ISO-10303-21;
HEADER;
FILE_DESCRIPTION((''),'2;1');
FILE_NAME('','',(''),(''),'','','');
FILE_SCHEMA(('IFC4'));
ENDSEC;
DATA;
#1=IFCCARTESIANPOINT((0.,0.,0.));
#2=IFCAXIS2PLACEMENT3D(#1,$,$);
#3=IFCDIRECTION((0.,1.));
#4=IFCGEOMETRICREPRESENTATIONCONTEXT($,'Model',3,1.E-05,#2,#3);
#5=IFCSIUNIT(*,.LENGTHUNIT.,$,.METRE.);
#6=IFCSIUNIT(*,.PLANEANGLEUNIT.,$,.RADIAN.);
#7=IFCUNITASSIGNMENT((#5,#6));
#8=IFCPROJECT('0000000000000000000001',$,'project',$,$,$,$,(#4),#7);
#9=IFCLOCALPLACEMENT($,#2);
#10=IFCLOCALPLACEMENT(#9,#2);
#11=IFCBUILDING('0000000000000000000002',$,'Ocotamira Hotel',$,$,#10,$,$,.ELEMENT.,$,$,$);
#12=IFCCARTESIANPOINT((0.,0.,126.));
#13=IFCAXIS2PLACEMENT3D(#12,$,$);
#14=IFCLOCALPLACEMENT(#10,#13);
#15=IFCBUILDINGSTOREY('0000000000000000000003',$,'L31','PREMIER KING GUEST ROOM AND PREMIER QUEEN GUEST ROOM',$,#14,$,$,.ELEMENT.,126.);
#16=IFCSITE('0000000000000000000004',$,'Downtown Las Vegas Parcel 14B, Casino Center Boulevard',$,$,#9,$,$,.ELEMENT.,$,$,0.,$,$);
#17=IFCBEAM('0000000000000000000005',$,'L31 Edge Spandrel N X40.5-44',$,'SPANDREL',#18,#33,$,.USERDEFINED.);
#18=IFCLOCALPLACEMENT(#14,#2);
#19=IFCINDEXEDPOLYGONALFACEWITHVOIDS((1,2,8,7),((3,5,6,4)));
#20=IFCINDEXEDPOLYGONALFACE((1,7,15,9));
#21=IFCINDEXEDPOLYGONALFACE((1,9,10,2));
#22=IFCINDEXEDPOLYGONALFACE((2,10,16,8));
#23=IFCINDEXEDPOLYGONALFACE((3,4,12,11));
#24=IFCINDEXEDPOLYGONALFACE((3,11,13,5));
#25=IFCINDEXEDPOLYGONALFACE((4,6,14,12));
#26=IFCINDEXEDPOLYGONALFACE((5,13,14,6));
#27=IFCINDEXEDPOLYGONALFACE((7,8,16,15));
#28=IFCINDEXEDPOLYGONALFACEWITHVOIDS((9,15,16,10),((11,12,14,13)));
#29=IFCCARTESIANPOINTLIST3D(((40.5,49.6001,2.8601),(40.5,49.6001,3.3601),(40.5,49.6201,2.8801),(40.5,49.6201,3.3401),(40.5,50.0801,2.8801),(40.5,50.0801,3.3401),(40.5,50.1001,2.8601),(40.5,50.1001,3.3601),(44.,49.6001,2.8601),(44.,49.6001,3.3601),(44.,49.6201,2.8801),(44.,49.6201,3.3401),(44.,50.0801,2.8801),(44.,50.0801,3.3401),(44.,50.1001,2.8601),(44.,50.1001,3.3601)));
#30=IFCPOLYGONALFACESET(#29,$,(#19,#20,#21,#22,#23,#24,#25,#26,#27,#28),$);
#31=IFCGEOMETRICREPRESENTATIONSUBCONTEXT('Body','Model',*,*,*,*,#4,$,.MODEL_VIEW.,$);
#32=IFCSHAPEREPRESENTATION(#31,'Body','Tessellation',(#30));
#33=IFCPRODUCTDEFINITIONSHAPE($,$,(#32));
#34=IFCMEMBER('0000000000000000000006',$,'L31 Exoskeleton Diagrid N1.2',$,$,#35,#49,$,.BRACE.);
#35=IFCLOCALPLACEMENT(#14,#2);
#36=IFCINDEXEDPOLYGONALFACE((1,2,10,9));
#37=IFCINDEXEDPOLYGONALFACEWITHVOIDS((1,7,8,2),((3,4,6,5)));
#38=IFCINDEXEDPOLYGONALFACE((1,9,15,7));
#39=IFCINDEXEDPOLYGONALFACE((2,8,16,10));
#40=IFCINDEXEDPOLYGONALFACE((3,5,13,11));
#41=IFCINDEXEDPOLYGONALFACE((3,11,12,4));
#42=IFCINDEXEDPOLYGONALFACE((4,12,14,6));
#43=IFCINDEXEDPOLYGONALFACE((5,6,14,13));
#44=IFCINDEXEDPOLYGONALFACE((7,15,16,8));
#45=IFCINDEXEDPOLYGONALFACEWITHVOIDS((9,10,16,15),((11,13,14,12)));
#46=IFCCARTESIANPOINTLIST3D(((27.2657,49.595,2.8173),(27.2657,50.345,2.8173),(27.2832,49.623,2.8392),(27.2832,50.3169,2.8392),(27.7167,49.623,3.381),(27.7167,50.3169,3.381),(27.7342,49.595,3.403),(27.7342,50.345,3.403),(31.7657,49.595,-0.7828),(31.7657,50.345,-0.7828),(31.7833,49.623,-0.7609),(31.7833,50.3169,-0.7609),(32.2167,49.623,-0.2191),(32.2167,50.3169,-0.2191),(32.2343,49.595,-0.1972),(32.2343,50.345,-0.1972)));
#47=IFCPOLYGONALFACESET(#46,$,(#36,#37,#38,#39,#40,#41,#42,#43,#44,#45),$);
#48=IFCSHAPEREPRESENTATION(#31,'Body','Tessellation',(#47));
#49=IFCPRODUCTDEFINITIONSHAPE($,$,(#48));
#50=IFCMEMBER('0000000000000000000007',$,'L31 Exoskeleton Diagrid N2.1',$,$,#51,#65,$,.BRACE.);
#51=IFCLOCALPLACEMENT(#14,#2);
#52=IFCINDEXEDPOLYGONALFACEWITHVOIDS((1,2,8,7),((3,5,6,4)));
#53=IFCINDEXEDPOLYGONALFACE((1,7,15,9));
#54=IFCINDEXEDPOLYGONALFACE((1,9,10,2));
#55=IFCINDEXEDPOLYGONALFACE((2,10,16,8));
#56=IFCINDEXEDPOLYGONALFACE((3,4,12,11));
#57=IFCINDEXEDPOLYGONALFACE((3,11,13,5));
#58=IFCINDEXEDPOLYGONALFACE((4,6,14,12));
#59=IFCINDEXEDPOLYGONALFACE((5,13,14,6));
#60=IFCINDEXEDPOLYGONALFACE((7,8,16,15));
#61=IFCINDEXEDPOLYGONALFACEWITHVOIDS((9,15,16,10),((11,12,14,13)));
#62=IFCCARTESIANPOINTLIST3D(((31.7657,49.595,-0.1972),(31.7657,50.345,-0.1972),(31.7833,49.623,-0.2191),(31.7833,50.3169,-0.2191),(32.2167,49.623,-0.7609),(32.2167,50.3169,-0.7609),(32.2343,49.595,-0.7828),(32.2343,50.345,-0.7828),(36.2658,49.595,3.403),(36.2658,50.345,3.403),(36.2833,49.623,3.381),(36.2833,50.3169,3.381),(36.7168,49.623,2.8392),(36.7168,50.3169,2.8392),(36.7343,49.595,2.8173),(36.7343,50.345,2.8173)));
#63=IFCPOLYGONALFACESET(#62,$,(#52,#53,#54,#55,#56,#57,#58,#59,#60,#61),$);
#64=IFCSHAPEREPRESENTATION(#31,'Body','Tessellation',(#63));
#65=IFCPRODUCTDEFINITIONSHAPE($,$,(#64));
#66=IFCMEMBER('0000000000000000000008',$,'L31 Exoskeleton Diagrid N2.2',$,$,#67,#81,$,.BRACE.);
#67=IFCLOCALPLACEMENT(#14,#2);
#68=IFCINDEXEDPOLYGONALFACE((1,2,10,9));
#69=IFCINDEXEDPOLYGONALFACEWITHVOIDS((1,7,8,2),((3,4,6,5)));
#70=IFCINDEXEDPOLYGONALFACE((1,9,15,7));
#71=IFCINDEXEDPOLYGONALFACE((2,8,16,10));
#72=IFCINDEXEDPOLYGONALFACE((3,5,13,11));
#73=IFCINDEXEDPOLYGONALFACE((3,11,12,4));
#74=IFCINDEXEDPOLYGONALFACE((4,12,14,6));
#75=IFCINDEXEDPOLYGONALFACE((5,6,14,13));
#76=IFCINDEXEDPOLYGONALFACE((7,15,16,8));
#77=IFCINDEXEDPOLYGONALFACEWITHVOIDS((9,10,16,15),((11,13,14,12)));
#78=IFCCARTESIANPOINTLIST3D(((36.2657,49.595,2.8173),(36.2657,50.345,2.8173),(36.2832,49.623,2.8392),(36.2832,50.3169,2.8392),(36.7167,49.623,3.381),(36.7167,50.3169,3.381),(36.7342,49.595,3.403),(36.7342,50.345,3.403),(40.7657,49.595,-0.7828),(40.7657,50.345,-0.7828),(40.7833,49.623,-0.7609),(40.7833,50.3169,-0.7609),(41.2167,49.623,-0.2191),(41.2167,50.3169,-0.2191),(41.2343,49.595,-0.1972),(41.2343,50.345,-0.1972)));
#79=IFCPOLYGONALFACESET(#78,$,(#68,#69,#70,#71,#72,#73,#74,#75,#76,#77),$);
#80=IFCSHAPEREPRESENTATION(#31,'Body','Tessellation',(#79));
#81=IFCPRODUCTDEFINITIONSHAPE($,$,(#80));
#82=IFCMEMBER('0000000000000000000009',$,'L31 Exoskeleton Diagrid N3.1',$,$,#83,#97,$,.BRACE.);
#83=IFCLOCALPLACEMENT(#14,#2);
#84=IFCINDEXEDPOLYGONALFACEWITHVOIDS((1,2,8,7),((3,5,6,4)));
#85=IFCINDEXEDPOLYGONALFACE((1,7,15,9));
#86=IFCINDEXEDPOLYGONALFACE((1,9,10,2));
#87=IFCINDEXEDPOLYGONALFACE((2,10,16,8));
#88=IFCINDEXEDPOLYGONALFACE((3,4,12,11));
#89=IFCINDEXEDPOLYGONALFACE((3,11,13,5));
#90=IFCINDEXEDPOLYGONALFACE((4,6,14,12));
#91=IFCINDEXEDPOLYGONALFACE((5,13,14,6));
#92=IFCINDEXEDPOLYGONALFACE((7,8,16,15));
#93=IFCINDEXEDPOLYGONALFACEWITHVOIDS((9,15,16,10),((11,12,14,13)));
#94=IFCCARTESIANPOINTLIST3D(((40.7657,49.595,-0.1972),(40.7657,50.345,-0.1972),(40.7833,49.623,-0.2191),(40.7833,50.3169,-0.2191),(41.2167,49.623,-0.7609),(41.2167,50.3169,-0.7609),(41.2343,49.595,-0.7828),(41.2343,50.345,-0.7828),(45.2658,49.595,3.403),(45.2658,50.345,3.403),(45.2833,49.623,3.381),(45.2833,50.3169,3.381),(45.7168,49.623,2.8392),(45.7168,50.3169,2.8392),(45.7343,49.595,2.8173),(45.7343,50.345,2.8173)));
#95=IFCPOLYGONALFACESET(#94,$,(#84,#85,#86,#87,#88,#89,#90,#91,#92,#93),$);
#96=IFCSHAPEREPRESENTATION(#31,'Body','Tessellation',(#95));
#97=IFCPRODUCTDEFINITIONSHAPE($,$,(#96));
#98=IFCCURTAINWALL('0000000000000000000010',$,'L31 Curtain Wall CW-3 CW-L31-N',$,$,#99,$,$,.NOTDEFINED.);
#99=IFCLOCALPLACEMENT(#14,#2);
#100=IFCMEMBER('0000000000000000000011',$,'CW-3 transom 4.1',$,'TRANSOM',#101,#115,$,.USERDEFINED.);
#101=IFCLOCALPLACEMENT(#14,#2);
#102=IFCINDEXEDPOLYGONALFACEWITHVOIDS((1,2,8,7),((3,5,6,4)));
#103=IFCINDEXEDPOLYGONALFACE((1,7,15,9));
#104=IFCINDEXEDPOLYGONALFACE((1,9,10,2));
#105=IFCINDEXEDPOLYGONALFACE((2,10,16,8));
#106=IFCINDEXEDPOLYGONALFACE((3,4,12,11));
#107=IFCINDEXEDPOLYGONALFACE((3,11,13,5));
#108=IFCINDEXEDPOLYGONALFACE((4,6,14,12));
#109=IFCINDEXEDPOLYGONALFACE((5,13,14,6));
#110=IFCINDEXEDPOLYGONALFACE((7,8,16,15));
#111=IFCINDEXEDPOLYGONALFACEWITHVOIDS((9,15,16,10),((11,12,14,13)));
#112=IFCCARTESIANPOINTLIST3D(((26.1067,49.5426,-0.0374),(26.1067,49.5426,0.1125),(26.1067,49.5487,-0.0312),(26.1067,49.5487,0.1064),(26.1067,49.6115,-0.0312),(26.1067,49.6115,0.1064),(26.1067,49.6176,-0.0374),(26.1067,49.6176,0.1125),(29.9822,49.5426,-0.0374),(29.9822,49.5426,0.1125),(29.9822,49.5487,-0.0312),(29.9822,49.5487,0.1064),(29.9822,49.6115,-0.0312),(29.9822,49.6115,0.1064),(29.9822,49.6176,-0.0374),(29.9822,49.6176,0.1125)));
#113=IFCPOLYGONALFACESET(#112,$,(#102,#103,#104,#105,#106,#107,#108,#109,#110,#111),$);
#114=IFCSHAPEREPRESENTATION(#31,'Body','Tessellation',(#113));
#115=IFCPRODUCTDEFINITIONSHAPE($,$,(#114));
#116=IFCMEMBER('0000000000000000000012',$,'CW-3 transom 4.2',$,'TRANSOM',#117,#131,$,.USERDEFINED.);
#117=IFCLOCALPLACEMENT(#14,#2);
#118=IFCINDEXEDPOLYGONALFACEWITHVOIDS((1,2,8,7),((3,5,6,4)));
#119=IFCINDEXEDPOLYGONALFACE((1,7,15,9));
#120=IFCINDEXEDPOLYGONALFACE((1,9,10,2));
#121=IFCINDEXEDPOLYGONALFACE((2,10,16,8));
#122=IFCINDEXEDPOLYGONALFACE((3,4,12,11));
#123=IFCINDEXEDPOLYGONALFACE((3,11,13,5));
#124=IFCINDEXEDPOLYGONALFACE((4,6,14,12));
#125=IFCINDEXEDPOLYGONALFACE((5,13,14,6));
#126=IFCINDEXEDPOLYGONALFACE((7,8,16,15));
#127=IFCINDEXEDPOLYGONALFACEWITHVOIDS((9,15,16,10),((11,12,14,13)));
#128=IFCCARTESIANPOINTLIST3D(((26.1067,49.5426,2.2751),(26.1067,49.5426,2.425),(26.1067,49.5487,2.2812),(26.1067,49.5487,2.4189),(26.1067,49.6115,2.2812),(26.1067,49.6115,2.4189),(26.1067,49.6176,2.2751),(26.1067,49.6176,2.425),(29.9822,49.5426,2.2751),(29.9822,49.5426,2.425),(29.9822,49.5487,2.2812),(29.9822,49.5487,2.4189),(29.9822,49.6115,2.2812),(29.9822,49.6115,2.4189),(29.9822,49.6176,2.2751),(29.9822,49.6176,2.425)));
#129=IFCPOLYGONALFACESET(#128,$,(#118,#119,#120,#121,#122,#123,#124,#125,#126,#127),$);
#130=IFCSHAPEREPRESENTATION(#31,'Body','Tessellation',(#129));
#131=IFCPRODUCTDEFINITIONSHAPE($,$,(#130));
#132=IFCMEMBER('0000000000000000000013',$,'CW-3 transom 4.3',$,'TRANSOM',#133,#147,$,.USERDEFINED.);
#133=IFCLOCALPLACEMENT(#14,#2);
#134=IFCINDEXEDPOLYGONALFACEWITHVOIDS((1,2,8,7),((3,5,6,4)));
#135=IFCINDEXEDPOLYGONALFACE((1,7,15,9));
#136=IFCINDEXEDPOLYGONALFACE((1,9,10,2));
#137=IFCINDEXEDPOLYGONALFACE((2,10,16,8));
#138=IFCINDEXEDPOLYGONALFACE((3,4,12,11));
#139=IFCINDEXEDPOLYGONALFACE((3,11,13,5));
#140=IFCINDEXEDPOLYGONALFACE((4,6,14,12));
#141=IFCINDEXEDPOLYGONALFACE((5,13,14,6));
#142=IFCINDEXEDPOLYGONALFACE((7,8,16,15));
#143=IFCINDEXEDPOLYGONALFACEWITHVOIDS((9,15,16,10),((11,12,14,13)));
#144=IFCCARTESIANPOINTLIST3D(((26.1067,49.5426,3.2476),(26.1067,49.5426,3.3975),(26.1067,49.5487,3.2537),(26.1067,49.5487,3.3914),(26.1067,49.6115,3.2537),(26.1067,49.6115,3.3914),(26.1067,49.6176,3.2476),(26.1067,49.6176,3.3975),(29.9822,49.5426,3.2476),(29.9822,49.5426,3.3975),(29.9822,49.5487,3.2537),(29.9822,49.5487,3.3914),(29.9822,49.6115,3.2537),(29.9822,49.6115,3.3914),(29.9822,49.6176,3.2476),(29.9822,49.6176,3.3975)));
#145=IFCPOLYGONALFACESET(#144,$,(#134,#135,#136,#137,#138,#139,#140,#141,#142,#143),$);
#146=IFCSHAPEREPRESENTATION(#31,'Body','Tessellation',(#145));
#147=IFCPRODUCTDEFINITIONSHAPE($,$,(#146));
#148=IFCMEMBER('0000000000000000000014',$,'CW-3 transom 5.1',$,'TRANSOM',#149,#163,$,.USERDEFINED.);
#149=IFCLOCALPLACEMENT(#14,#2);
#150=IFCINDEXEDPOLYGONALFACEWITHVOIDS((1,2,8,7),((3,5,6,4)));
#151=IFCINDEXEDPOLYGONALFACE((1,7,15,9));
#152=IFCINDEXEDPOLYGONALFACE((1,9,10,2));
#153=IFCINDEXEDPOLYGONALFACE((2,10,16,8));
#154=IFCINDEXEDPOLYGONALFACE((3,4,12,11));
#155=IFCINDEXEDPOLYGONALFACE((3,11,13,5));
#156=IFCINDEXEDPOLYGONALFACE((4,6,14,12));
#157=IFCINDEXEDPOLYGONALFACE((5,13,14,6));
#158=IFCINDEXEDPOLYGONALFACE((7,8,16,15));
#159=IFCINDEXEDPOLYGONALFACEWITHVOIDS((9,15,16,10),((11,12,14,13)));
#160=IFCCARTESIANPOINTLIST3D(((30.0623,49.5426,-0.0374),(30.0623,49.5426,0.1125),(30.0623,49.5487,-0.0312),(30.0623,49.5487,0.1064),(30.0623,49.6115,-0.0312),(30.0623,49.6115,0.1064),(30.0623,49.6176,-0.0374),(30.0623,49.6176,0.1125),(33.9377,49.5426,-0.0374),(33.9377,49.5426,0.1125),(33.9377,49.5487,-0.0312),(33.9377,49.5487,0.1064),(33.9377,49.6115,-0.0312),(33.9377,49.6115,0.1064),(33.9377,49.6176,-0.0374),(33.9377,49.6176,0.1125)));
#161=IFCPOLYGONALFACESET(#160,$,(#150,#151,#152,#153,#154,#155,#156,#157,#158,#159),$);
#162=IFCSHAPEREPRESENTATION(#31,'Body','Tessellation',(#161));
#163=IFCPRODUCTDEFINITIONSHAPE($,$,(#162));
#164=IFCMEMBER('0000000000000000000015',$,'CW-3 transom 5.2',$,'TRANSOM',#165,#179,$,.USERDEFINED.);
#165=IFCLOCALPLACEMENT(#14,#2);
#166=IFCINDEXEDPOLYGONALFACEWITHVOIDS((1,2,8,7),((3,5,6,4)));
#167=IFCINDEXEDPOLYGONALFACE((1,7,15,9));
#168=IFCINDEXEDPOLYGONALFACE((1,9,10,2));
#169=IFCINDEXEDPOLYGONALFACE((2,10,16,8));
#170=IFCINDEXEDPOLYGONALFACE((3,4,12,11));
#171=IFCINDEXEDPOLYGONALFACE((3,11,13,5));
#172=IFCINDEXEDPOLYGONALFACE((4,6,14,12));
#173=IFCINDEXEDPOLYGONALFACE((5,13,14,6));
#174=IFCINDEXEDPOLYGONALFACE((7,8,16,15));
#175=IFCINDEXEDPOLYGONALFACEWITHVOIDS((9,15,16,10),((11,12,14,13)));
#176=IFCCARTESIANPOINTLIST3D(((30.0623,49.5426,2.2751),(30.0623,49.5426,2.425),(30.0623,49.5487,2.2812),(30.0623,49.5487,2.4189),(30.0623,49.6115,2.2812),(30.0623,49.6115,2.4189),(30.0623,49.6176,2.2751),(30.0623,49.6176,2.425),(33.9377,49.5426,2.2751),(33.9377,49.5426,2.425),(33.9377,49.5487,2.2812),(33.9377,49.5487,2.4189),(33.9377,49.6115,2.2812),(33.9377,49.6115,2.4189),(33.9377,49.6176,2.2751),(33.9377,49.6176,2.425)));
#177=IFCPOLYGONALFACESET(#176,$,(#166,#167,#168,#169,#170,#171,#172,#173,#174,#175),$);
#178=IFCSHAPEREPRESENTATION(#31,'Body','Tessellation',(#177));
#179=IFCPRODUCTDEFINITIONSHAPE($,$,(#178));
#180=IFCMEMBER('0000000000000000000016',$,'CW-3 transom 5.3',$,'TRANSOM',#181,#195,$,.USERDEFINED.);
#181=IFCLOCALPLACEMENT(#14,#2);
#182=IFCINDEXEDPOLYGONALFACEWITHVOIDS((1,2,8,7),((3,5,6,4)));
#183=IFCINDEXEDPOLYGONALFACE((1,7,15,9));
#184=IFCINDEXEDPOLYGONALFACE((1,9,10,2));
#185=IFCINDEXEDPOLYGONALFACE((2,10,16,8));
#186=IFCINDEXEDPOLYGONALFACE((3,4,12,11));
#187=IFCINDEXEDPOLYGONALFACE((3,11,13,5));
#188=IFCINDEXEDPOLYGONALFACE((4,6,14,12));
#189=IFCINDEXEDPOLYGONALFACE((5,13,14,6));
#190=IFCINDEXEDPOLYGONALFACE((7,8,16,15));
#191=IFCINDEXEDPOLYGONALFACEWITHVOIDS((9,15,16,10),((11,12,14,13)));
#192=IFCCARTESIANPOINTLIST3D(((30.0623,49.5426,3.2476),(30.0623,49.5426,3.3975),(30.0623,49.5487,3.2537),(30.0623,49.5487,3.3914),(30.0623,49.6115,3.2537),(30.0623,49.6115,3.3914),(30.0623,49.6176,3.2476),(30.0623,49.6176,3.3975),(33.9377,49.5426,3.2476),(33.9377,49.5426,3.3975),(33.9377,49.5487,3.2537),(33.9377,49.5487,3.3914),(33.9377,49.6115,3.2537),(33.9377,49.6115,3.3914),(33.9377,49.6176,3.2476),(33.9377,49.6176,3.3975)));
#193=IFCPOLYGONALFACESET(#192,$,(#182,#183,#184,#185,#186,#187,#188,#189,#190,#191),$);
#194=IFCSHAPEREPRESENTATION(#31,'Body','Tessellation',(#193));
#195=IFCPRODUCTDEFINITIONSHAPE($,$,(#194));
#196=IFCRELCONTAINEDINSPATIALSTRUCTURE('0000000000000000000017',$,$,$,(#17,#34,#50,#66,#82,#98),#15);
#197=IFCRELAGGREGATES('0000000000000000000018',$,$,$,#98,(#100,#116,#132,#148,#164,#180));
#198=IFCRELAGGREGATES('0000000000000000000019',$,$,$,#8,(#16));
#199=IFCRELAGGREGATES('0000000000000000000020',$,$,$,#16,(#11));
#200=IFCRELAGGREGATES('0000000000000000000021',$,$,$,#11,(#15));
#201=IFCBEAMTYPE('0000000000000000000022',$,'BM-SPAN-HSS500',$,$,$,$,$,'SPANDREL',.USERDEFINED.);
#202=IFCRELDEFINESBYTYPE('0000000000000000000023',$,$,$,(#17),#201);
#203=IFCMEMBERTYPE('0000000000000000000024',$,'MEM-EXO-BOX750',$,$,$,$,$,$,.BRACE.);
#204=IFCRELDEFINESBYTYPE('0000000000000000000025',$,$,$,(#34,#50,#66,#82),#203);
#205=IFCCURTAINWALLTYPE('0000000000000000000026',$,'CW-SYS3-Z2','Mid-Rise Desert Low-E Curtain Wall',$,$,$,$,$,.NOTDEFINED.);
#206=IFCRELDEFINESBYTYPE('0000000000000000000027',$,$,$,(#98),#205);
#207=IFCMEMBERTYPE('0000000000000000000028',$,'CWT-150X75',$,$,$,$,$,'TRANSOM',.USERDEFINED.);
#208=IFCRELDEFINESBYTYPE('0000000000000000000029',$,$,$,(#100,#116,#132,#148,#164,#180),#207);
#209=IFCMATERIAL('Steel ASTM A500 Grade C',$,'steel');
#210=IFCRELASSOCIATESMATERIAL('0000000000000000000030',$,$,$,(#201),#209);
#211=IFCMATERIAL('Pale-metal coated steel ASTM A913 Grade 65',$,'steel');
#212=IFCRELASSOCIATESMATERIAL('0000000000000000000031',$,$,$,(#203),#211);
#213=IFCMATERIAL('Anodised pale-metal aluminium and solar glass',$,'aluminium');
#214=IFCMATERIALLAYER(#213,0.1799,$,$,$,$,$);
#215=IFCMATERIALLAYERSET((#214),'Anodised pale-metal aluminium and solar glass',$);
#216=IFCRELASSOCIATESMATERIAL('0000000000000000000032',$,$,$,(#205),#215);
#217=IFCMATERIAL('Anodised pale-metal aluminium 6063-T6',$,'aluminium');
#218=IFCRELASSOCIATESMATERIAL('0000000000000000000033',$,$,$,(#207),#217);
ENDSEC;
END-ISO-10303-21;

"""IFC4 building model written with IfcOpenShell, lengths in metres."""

from ifc_helpers import new_model, si_unit, direction, frame, origin, origin_2d, place, context, subcontext, project, spatial, hollow_rectangle, extrude, source, transform, mapped, material, layer, layer_set, material_profile, profile_set, type_object, element, aggregate, save


model = new_model("IFC4")

# Units and contexts
model_context = context("Model", 3, precision=1e-05, world=origin(), true_north=direction((0.0, 1.0)))
body_context = subcontext(model_context, "Body", "Model", "MODEL_VIEW")
ifc_project = project(units=[si_unit("LENGTHUNIT", "METRE"), si_unit("PLANEANGLEUNIT", "RADIAN")], contexts=[model_context])

# Site, building, storey
site_placement = place(None, origin())
site = spatial("IfcSite", under=ifc_project, at=site_placement, Name="Downtown Las Vegas Parcel 14B, Casino Center Boulevard", CompositionType="ELEMENT", RefElevation=0.0)
building_placement = place(site_placement, origin())
building = spatial("IfcBuilding", under=site, at=building_placement, Name="Ocotamira Hotel", CompositionType="ELEMENT")
storey_placement = place(building_placement, frame((0.0, 0.0, 126.0)))
storey = spatial("IfcBuildingStorey", under=building, at=storey_placement, Name="L31", Description="PREMIER KING GUEST ROOM AND PREMIER QUEEN GUEST ROOM", CompositionType="ELEMENT", Elevation=126.0)

# Beam
ifc_material_1 = material(Name="Steel ASTM A500 Grade C", Category="steel")
ifc_material_profile_1 = material_profile(ifc_material_1, hollow_rectangle(XDim=0.5, YDim=0.5, WallThickness=0.02, at=origin_2d()), Name="HSS500X500X20")
ifc_profile_set_1 = profile_set([ifc_material_profile_1], Name="Steel ASTM A500 Grade C")
beam_type = type_object("IfcBeamType", Name="BM-SPAN-HSS500", ElementType="SPANDREL", PredefinedType="USERDEFINED", material=ifc_profile_set_1)
shared_shape_1 = source(origin(), body_context, "Body", "SweptSolid", [
    extrude(hollow_rectangle(XDim=0.5, YDim=0.5, WallThickness=0.02, at=origin_2d()), origin(), (0.0, 0.0, 1.0), 3.5),
])
beam_placement = place(storey_placement, frame((40.5, 49.8501, 3.1101), z_axis=(1.0, 0.0, 0.0), x_axis=(0.0, 1.0, 0.0)))
element("IfcBeam", 1, at=beam_placement, inside=storey, type_object=beam_type, Name="L31 Edge Spandrel N X40.5-44", ObjectType="SPANDREL", PredefinedType="USERDEFINED", context=body_context, shape_type="MappedRepresentation", body=[
    mapped(shared_shape_1, transform((0.0, 0.0, 0.0), scale=1.0)),
])

# Members
ifc_material_2 = material(Name="Pale-metal coated steel ASTM A913 Grade 65", Category="steel")
ifc_material_profile_2 = material_profile(ifc_material_2, hollow_rectangle(XDim=0.75, YDim=0.75, WallThickness=0.0281, at=origin_2d()), Name="BOX750X750X28")
ifc_profile_set_2 = profile_set([ifc_material_profile_2], Name="Pale-metal coated steel ASTM A913 Grade 65")
member_type_1 = type_object("IfcMemberType", Name="MEM-EXO-BOX750", PredefinedType="BRACE", material=ifc_profile_set_2)
shared_shape_2 = source(origin(), body_context, "Body", "SweptSolid", [
    extrude(hollow_rectangle(XDim=0.75, YDim=0.75, WallThickness=0.0281, at=origin_2d()), origin(), (0.0, 0.0, 1.0), 5.7629),
])
for number, where, z_axis, x_axis, name in (
    (2, (32.0, 49.97, -0.49), (-0.780861, 0.0, 0.624705), (0.0, -1.0, 0.0), "L31 Exoskeleton Diagrid N1.2"),
    (3, (32.0, 49.97, -0.49), (0.780861, 0.0, 0.624705), (0.0, 1.0, 0.0), "L31 Exoskeleton Diagrid N2.1"),
    (4, (41.0, 49.97, -0.49), (-0.780861, 0.0, 0.624705), (0.0, -1.0, 0.0), "L31 Exoskeleton Diagrid N2.2"),
    (5, (41.0, 49.97, -0.49), (0.780861, 0.0, 0.624705), (0.0, 1.0, 0.0), "L31 Exoskeleton Diagrid N3.1"),
):
    element("IfcMember", number, at=place(storey_placement, frame(where, z_axis=z_axis, x_axis=x_axis)), inside=storey, type_object=member_type_1, Name=name, PredefinedType="BRACE", context=body_context, shape_type="MappedRepresentation", body=[
        mapped(shared_shape_2, transform((0.0, 0.0, 0.0), scale=1.0)),
    ])

# Curtain wall, members
ifc_material_3 = material(Name="Anodised pale-metal aluminium and solar glass", Category="aluminium")
ifc_layer_1 = layer(ifc_material_3, 0.1799)
ifc_layer_set_1 = layer_set([ifc_layer_1], Name="Anodised pale-metal aluminium and solar glass")
curtain_wall_type = type_object("IfcCurtainWallType", Name="CW-SYS3-Z2", Description="Mid-Rise Desert Low-E Curtain Wall", PredefinedType="NOTDEFINED", material=ifc_layer_set_1)
curtain_wall_placement = place(storey_placement, origin())
curtain_wall = element("IfcCurtainWall", 6, at=curtain_wall_placement, inside=storey, type_object=curtain_wall_type, Name="L31 Curtain Wall CW-3 CW-L31-N", PredefinedType="NOTDEFINED")
ifc_material_4 = material(Name="Anodised pale-metal aluminium 6063-T6", Category="aluminium")
ifc_material_profile_3 = material_profile(ifc_material_4, hollow_rectangle(XDim=0.075, YDim=0.1499, WallThickness=0.0061, at=origin_2d()), Name="HSS150X75X6")
ifc_profile_set_3 = profile_set([ifc_material_profile_3], Name="Anodised pale-metal aluminium 6063-T6")
member_type_2 = type_object("IfcMemberType", Name="CWT-150X75", ElementType="TRANSOM", PredefinedType="USERDEFINED", material=ifc_profile_set_3)
shared_shape_3 = source(origin(), body_context, "Body", "SweptSolid", [
    extrude(hollow_rectangle(XDim=0.075, YDim=0.1499, WallThickness=0.0061, at=origin_2d()), origin(), (0.0, 0.0, 1.0), 3.8755),
])
member_1_placement = place(storey_placement, frame((26.1067, 49.5801, 0.0376), z_axis=(1.0, 0.0, 0.0), x_axis=(0.0, 1.0, 0.0)))
member_1 = element("IfcMember", 7, at=member_1_placement, type_object=member_type_2, Name="CW-3 transom 4.1", ObjectType="TRANSOM", PredefinedType="USERDEFINED", context=body_context, shape_type="MappedRepresentation", body=[
    mapped(shared_shape_3, transform((0.0, 0.0, 0.0), scale=1.0)),
])
member_2_placement = place(storey_placement, frame((26.1067, 49.5801, 2.3501), z_axis=(1.0, 0.0, 0.0), x_axis=(0.0, 1.0, 0.0)))
member_2 = element("IfcMember", 8, at=member_2_placement, type_object=member_type_2, Name="CW-3 transom 4.2", ObjectType="TRANSOM", PredefinedType="USERDEFINED", context=body_context, shape_type="MappedRepresentation", body=[
    mapped(shared_shape_3, transform((0.0, 0.0, 0.0), scale=1.0)),
])
member_3_placement = place(storey_placement, frame((26.1067, 49.5801, 3.3225), z_axis=(1.0, 0.0, 0.0), x_axis=(0.0, 1.0, 0.0)))
member_3 = element("IfcMember", 9, at=member_3_placement, type_object=member_type_2, Name="CW-3 transom 4.3", ObjectType="TRANSOM", PredefinedType="USERDEFINED", context=body_context, shape_type="MappedRepresentation", body=[
    mapped(shared_shape_3, transform((0.0, 0.0, 0.0), scale=1.0)),
])
member_4_placement = place(storey_placement, frame((30.0623, 49.5801, 0.0376), z_axis=(1.0, 0.0, 0.0), x_axis=(0.0, 1.0, 0.0)))
member_4 = element("IfcMember", 10, at=member_4_placement, type_object=member_type_2, Name="CW-3 transom 5.1", ObjectType="TRANSOM", PredefinedType="USERDEFINED", context=body_context, shape_type="MappedRepresentation", body=[
    mapped(shared_shape_3, transform((0.0, 0.0, 0.0), scale=1.0)),
])
member_5_placement = place(storey_placement, frame((30.0623, 49.5801, 2.3501), z_axis=(1.0, 0.0, 0.0), x_axis=(0.0, 1.0, 0.0)))
member_5 = element("IfcMember", 11, at=member_5_placement, type_object=member_type_2, Name="CW-3 transom 5.2", ObjectType="TRANSOM", PredefinedType="USERDEFINED", context=body_context, shape_type="MappedRepresentation", body=[
    mapped(shared_shape_3, transform((0.0, 0.0, 0.0), scale=1.0)),
])
member_6_placement = place(storey_placement, frame((30.0623, 49.5801, 3.3225), z_axis=(1.0, 0.0, 0.0), x_axis=(0.0, 1.0, 0.0)))
member_6 = element("IfcMember", 12, at=member_6_placement, type_object=member_type_2, Name="CW-3 transom 5.3", ObjectType="TRANSOM", PredefinedType="USERDEFINED", context=body_context, shape_type="MappedRepresentation", body=[
    mapped(shared_shape_3, transform((0.0, 0.0, 0.0), scale=1.0)),
])

aggregate(curtain_wall, [member_1, member_2, member_3, member_4, member_5, member_6])

save(model, "model.ifc")
